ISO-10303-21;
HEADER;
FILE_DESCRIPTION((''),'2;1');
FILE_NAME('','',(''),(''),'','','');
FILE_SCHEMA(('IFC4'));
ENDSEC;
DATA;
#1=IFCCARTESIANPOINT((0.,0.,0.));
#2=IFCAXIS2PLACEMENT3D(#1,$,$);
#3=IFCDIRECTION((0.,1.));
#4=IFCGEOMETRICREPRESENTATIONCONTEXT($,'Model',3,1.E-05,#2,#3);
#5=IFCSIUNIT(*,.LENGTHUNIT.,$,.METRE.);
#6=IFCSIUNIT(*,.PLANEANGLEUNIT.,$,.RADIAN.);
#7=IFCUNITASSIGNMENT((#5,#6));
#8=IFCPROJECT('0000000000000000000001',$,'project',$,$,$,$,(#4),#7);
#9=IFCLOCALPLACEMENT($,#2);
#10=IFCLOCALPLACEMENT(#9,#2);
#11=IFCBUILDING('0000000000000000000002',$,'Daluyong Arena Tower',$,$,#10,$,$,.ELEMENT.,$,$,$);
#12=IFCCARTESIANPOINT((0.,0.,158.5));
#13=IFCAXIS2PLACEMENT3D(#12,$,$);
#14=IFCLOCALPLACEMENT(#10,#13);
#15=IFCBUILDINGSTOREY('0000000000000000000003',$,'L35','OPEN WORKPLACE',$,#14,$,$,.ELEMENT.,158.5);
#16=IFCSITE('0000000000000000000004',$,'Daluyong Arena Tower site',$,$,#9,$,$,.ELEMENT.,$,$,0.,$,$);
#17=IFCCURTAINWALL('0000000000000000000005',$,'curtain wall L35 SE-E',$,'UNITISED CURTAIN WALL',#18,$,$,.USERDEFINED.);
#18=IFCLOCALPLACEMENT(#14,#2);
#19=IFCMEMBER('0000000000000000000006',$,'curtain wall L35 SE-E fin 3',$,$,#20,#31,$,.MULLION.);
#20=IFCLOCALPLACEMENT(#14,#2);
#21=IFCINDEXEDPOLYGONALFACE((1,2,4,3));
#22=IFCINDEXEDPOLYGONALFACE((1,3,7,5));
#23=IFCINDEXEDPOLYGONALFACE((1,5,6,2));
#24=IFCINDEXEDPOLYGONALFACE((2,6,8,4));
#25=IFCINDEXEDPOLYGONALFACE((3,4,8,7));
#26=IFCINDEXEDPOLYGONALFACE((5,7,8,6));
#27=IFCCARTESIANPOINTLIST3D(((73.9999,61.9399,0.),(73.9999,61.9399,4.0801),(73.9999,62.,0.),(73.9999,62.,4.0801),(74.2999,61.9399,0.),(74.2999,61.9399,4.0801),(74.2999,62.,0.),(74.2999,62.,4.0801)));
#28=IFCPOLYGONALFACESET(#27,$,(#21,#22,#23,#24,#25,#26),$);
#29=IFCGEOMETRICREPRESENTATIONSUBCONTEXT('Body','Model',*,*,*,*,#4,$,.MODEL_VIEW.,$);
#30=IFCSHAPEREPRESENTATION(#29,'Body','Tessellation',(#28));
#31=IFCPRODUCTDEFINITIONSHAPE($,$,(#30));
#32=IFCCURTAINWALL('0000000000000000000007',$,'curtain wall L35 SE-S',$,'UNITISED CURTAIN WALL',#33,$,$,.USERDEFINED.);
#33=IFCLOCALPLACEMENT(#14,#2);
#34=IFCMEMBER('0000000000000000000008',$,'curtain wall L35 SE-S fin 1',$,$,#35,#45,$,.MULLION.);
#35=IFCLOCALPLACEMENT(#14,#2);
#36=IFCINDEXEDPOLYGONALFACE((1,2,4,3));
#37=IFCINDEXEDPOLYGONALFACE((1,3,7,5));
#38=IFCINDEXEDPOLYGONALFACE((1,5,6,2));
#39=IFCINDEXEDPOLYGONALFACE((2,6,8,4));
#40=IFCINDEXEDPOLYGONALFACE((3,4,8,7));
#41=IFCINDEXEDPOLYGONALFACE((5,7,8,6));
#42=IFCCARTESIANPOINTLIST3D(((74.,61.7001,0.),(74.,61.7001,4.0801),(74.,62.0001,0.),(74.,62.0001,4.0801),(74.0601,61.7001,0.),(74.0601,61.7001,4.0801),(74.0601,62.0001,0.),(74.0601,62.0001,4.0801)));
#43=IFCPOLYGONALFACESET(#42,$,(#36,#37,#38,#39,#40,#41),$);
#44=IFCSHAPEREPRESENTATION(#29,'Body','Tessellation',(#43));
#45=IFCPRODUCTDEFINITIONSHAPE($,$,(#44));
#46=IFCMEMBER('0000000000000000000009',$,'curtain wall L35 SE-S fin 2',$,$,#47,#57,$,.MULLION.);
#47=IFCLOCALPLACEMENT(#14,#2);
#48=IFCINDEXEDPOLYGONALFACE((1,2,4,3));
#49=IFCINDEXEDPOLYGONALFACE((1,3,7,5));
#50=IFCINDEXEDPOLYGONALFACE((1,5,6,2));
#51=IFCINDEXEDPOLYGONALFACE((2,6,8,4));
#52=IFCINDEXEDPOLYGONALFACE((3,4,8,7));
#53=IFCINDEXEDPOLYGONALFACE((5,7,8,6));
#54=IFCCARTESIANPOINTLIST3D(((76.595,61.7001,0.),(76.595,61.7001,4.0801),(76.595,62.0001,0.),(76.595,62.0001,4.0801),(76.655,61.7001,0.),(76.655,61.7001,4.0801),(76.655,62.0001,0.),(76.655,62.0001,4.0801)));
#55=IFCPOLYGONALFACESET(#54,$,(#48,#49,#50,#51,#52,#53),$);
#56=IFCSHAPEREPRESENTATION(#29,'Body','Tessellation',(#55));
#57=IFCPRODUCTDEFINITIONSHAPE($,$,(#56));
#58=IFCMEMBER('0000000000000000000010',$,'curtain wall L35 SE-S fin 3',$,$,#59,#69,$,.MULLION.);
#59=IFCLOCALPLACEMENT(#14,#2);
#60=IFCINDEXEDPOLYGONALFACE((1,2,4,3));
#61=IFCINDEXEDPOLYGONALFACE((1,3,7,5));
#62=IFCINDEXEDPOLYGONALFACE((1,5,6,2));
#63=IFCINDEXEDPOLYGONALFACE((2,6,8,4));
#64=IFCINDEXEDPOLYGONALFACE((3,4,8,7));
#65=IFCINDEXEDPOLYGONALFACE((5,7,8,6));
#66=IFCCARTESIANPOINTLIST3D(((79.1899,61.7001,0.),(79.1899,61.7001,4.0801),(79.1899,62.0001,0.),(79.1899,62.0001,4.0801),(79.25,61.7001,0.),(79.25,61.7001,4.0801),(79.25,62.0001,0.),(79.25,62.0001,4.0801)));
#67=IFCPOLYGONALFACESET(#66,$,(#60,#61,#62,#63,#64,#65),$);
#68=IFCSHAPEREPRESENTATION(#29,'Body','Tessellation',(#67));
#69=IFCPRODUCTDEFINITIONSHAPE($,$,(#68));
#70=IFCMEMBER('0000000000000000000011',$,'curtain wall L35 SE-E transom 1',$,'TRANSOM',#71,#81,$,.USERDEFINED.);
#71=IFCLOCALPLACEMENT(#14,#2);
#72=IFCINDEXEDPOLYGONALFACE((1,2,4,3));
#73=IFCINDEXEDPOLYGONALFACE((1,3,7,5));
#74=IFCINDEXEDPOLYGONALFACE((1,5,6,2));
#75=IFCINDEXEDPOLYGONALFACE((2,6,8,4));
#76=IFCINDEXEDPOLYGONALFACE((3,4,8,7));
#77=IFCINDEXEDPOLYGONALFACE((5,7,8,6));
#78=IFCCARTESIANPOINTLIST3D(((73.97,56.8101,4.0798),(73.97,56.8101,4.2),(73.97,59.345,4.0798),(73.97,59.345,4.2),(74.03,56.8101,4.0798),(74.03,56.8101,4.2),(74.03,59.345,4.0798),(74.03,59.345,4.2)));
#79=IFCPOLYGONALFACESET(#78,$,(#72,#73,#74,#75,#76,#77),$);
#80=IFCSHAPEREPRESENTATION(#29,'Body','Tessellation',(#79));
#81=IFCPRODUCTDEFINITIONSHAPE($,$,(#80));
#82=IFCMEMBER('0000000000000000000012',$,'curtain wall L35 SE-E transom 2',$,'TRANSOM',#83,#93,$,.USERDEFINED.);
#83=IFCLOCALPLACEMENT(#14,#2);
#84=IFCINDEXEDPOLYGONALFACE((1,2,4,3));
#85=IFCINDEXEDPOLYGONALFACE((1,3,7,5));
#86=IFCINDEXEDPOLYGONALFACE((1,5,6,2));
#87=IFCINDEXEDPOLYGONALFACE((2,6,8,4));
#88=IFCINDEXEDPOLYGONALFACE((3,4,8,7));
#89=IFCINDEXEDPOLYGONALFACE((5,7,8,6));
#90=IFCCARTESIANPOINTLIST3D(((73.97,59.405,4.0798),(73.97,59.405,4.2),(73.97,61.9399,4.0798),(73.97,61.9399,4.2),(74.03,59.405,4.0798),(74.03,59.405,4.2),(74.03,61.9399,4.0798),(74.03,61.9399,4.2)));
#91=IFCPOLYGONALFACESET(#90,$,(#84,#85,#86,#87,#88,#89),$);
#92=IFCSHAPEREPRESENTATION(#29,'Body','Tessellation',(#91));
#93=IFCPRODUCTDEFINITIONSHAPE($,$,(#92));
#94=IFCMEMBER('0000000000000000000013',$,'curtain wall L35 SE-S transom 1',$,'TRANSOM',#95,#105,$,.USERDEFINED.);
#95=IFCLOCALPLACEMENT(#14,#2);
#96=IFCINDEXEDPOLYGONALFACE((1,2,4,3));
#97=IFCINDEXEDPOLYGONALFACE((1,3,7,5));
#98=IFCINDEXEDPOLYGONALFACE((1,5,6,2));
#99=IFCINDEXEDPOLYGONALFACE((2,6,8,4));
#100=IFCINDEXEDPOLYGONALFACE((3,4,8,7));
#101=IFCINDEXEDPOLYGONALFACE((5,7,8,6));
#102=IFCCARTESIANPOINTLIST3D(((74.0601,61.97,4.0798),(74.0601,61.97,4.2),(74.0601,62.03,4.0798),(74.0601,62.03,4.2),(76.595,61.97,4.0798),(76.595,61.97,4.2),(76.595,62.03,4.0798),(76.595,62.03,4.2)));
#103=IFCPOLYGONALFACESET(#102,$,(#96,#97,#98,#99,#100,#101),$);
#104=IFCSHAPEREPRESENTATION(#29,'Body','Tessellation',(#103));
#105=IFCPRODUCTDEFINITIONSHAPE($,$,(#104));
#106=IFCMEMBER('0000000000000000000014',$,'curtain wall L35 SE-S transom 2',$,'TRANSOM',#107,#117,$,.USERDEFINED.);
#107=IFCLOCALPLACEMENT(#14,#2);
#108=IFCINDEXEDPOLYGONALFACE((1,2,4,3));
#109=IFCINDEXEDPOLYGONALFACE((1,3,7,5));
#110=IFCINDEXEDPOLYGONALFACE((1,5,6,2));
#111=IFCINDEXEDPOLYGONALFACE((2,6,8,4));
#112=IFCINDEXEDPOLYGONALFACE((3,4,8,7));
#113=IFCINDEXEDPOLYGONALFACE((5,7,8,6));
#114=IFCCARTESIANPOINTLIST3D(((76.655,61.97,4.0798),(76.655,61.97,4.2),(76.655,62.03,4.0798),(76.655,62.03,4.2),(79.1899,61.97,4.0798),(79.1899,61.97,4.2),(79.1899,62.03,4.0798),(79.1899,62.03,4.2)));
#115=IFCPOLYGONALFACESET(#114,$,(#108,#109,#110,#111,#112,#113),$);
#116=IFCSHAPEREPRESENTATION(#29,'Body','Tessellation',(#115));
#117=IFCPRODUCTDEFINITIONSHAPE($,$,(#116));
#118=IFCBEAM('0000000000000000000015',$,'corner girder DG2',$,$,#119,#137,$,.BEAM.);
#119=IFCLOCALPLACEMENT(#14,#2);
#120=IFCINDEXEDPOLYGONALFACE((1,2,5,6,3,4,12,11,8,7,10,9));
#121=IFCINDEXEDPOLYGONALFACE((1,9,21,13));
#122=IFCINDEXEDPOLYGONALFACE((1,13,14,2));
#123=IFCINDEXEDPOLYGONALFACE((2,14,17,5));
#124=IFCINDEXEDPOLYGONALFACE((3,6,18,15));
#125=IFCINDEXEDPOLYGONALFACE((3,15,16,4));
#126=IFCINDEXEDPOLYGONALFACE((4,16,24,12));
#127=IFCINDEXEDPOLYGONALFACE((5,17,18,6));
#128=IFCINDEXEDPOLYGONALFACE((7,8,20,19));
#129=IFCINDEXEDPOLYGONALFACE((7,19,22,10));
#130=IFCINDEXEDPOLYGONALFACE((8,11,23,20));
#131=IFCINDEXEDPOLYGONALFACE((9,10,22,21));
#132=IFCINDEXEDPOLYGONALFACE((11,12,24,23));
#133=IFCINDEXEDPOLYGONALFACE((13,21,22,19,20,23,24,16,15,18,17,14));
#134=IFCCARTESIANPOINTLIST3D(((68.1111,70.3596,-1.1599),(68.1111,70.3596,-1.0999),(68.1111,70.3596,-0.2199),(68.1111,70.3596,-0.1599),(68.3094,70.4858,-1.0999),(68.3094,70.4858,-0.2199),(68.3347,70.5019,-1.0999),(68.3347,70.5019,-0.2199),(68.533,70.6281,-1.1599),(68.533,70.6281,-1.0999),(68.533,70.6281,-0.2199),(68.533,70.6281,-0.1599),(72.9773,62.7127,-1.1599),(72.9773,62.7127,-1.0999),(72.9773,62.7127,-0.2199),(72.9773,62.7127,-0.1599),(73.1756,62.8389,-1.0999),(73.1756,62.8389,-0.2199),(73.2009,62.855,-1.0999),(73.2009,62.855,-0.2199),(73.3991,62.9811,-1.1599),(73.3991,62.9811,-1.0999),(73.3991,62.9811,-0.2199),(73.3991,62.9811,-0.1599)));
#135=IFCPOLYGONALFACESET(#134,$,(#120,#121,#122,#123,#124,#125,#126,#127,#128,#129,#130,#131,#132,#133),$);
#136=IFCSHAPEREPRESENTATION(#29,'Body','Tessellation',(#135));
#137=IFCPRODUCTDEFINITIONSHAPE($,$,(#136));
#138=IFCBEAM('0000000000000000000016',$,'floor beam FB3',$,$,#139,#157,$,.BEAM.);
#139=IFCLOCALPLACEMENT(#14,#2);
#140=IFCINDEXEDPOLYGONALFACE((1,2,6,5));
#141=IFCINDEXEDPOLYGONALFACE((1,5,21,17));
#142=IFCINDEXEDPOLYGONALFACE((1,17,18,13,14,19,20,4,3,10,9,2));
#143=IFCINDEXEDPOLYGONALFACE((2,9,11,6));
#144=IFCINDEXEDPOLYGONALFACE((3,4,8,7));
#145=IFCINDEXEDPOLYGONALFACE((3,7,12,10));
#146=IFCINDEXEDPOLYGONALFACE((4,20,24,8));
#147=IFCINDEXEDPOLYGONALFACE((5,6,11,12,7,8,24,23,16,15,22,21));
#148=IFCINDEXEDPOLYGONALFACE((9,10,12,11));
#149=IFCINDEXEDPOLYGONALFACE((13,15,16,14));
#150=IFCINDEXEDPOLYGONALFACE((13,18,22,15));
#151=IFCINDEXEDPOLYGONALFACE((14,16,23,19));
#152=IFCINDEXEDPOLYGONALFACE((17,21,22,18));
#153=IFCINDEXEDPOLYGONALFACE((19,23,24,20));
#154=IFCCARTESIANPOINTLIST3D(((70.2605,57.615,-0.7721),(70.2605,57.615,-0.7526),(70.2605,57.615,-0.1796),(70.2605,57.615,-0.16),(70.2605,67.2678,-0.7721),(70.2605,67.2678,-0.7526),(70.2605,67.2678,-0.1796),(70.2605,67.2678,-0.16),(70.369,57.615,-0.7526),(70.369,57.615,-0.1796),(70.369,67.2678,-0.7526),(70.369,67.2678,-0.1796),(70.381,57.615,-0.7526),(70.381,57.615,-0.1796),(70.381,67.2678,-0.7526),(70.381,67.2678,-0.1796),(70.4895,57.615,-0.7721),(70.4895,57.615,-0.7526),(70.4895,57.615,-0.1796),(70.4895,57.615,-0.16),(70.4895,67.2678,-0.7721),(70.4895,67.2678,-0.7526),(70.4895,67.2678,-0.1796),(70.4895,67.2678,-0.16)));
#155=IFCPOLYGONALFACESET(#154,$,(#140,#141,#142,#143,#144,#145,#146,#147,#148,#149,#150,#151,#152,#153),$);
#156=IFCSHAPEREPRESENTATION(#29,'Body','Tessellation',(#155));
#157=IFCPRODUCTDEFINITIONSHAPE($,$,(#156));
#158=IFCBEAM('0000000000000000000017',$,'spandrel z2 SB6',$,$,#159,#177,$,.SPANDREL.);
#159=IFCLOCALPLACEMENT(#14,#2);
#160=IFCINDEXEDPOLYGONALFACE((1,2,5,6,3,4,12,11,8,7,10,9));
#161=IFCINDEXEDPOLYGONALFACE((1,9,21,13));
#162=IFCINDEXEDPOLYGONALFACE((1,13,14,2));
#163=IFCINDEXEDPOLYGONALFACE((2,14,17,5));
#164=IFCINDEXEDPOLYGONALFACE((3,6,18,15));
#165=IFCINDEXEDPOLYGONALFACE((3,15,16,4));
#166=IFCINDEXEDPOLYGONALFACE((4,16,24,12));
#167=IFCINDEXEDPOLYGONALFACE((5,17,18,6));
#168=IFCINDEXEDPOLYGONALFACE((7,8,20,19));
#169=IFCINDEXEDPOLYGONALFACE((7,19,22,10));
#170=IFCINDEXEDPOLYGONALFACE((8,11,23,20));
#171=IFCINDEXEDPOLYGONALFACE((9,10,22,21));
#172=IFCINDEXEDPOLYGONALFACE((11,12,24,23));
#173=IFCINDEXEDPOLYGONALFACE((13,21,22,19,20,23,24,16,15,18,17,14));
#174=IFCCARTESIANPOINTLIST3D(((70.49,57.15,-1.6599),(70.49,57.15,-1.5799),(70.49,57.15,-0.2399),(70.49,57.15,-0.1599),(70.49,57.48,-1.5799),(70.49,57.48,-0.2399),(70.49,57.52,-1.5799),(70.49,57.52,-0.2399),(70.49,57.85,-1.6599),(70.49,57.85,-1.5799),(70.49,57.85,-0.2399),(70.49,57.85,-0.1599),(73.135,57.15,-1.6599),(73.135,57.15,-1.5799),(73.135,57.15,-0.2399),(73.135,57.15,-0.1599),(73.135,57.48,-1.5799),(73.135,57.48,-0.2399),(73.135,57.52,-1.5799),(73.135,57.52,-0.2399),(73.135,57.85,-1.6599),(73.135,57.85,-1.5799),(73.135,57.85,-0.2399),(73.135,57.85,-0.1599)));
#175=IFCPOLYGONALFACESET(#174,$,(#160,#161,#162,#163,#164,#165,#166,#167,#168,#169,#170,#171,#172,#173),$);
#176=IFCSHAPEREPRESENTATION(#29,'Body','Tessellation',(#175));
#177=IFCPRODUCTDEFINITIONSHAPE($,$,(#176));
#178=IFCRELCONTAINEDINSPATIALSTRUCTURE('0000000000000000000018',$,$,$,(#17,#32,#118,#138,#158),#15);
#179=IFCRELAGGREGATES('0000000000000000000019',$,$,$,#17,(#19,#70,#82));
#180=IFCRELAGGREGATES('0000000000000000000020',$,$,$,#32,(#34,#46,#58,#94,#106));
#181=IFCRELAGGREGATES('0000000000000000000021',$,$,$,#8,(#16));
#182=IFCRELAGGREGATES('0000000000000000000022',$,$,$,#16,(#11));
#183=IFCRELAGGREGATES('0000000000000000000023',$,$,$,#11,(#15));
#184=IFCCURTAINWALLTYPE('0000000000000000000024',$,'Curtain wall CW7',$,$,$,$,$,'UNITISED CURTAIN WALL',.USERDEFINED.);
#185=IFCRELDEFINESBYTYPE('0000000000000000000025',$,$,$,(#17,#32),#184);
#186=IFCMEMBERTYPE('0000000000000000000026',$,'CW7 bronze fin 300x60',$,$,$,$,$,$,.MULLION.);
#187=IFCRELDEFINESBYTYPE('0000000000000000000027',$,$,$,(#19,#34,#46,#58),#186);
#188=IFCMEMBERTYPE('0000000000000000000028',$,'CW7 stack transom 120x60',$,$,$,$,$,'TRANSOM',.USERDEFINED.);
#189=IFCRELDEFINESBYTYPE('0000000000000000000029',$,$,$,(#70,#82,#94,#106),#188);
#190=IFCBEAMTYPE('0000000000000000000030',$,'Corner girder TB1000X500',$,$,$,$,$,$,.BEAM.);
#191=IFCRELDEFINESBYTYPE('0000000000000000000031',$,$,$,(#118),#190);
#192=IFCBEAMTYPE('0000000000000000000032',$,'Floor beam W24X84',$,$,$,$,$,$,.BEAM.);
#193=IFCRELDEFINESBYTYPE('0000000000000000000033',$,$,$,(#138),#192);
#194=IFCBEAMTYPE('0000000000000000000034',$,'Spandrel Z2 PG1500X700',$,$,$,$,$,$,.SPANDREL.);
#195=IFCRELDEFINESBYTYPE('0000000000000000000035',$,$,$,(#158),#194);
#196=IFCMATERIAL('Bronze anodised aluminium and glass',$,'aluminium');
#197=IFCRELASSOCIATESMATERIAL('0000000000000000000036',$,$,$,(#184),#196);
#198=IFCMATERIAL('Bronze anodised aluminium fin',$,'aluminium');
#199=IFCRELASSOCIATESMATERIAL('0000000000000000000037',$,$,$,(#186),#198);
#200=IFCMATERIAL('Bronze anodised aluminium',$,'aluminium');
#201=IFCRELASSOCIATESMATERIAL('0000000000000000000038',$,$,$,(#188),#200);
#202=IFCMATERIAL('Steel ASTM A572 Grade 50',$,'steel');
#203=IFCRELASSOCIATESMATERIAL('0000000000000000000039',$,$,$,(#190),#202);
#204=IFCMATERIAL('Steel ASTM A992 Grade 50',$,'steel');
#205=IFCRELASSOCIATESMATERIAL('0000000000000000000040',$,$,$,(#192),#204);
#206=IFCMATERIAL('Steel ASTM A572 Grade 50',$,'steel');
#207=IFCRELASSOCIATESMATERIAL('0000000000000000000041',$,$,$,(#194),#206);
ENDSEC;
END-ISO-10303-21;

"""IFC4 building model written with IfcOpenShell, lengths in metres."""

from ifc_helpers import new_model, si_unit, direction, frame, origin, origin_2d, place, context, subcontext, project, spatial, rectangle, i_section, extrude, material, material_profile, profile_set, type_object, element, aggregate, save


model = new_model("IFC4")

# Units and contexts
model_context = context("Model", 3, precision=1e-05, world=origin(), true_north=direction((0.0, 1.0)))
body_context = subcontext(model_context, "Body", "Model", "MODEL_VIEW")
ifc_project = project(units=[si_unit("LENGTHUNIT", "METRE"), si_unit("PLANEANGLEUNIT", "RADIAN")], contexts=[model_context])

# Site, building, storey
site_placement = place(None, origin())
site = spatial("IfcSite", under=ifc_project, at=site_placement, Name="Daluyong Arena Tower site", CompositionType="ELEMENT", RefElevation=0.0)
building_placement = place(site_placement, origin())
building = spatial("IfcBuilding", under=site, at=building_placement, Name="Daluyong Arena Tower", CompositionType="ELEMENT")
storey_placement = place(building_placement, frame((0.0, 0.0, 158.5)))
storey = spatial("IfcBuildingStorey", under=building, at=storey_placement, Name="L35", Description="OPEN WORKPLACE", CompositionType="ELEMENT", Elevation=158.5)

# Curtain walls, members
ifc_material_1 = material(Name="Bronze anodised aluminium and glass", Category="aluminium")
curtain_wall_type_1 = type_object("IfcCurtainWallType", Name="Curtain wall CW7", ElementType="UNITISED CURTAIN WALL", PredefinedType="USERDEFINED", material=ifc_material_1)
curtain_wall_1_placement = place(storey_placement, origin())
curtain_wall_1 = element("IfcCurtainWall", 1, at=curtain_wall_1_placement, inside=storey, type_object=curtain_wall_type_1, Name="curtain wall L35 SE-E", ObjectType="UNITISED CURTAIN WALL", PredefinedType="USERDEFINED")
ifc_material_2 = material(Name="Bronze anodised aluminium fin", Category="aluminium")
ifc_material_profile_1 = material_profile(ifc_material_2, rectangle(XDim=0.3, YDim=0.0601, at=origin_2d()))
ifc_profile_set_1 = profile_set([ifc_material_profile_1], Name="Bronze anodised aluminium fin")
member_type_1 = type_object("IfcMemberType", Name="CW7 bronze fin 300x60", PredefinedType="MULLION", material=ifc_profile_set_1)
member_1_placement = place(storey_placement, frame((74.1499, 61.97, 0.0), z_axis=(0.0, 0.0, 1.0), x_axis=(-1.0, 0.0, 0.0)))
member_1 = element("IfcMember", 2, at=member_1_placement, type_object=member_type_1, Name="curtain wall L35 SE-E fin 3", PredefinedType="MULLION", context=body_context, shape_type="SweptSolid", body=[
    extrude(rectangle(XDim=0.3, YDim=0.0601, at=origin_2d()), origin(), (0.0, 0.0, 1.0), 4.0801),
])
curtain_wall_2_placement = place(storey_placement, origin())
curtain_wall_2 = element("IfcCurtainWall", 3, at=curtain_wall_2_placement, inside=storey, type_object=curtain_wall_type_1, Name="curtain wall L35 SE-S", ObjectType="UNITISED CURTAIN WALL", PredefinedType="USERDEFINED")
member_2_placement = place(storey_placement, frame((74.03, 61.8501, 0.0), z_axis=(0.0, 0.0, 1.0), x_axis=(0.0, 1.0, 0.0)))
member_2 = element("IfcMember", 4, at=member_2_placement, type_object=member_type_1, Name="curtain wall L35 SE-S fin 1", PredefinedType="MULLION", context=body_context, shape_type="SweptSolid", body=[
    extrude(rectangle(XDim=0.3, YDim=0.0601, at=origin_2d()), origin(), (0.0, 0.0, 1.0), 4.0801),
])
member_3_placement = place(storey_placement, frame((76.625, 61.8501, 0.0), z_axis=(0.0, 0.0, 1.0), x_axis=(0.0, 1.0, 0.0)))
member_3 = element("IfcMember", 5, at=member_3_placement, type_object=member_type_1, Name="curtain wall L35 SE-S fin 2", PredefinedType="MULLION", context=body_context, shape_type="SweptSolid", body=[
    extrude(rectangle(XDim=0.3, YDim=0.0601, at=origin_2d()), origin(), (0.0, 0.0, 1.0), 4.0801),
])
member_4_placement = place(storey_placement, frame((79.22, 61.8501, 0.0), z_axis=(0.0, 0.0, 1.0), x_axis=(0.0, 1.0, 0.0)))
member_4 = element("IfcMember", 6, at=member_4_placement, type_object=member_type_1, Name="curtain wall L35 SE-S fin 3", PredefinedType="MULLION", context=body_context, shape_type="SweptSolid", body=[
    extrude(rectangle(XDim=0.3, YDim=0.0601, at=origin_2d()), origin(), (0.0, 0.0, 1.0), 4.0801),
])

# Members
ifc_material_3 = material(Name="Bronze anodised aluminium", Category="aluminium")
ifc_material_profile_2 = material_profile(ifc_material_3, rectangle(XDim=0.0601, YDim=0.1201, at=origin_2d()))
ifc_profile_set_2 = profile_set([ifc_material_profile_2], Name="Bronze anodised aluminium")
member_type_2 = type_object("IfcMemberType", Name="CW7 stack transom 120x60", ElementType="TRANSOM", PredefinedType="USERDEFINED", material=ifc_profile_set_2)
member_5_placement = place(storey_placement, frame((74.0, 56.8101, 4.1399), z_axis=(0.0, 1.0, 0.0), x_axis=(-1.0, 0.0, 0.0)))
member_5 = element("IfcMember", 7, at=member_5_placement, type_object=member_type_2, Name="curtain wall L35 SE-E transom 1", ObjectType="TRANSOM", PredefinedType="USERDEFINED", context=body_context, shape_type="SweptSolid", body=[
    extrude(rectangle(XDim=0.0601, YDim=0.1201, at=origin_2d()), origin(), (0.0, 0.0, 1.0), 2.5349),
])
member_6_placement = place(storey_placement, frame((74.0, 59.405, 4.1399), z_axis=(0.0, 1.0, 0.0), x_axis=(-1.0, 0.0, 0.0)))
member_6 = element("IfcMember", 8, at=member_6_placement, type_object=member_type_2, Name="curtain wall L35 SE-E transom 2", ObjectType="TRANSOM", PredefinedType="USERDEFINED", context=body_context, shape_type="SweptSolid", body=[
    extrude(rectangle(XDim=0.0601, YDim=0.1201, at=origin_2d()), origin(), (0.0, 0.0, 1.0), 2.5349),
])
member_7_placement = place(storey_placement, frame((74.0601, 62.0, 4.1399), z_axis=(1.0, 0.0, 0.0), x_axis=(0.0, 1.0, 0.0)))
member_7 = element("IfcMember", 9, at=member_7_placement, type_object=member_type_2, Name="curtain wall L35 SE-S transom 1", ObjectType="TRANSOM", PredefinedType="USERDEFINED", context=body_context, shape_type="SweptSolid", body=[
    extrude(rectangle(XDim=0.0601, YDim=0.1201, at=origin_2d()), origin(), (0.0, 0.0, 1.0), 2.5349),
])
member_8_placement = place(storey_placement, frame((76.655, 62.0, 4.1399), z_axis=(1.0, 0.0, 0.0), x_axis=(0.0, 1.0, 0.0)))
member_8 = element("IfcMember", 10, at=member_8_placement, type_object=member_type_2, Name="curtain wall L35 SE-S transom 2", ObjectType="TRANSOM", PredefinedType="USERDEFINED", context=body_context, shape_type="SweptSolid", body=[
    extrude(rectangle(XDim=0.0601, YDim=0.1201, at=origin_2d()), origin(), (0.0, 0.0, 1.0), 2.5349),
])

# Beams
ifc_material_4 = material(Name="Steel ASTM A572 Grade 50", Category="steel")
ifc_material_profile_3 = material_profile(ifc_material_4, i_section(OverallWidth=0.5, OverallDepth=1.0, WebThickness=0.03, FlangeThickness=0.06, at=origin_2d()))
ifc_profile_set_3 = profile_set([ifc_material_profile_3], Name="Steel ASTM A572 Grade 50")
beam_type_1 = type_object("IfcBeamType", Name="Corner girder TB1000X500", PredefinedType="BEAM", material=ifc_profile_set_3)
beam_1_placement = place(storey_placement, frame((73.1882, 62.8469, -0.6599), z_axis=(-0.536872, 0.843664, 0.0), x_axis=(-0.843664, -0.536872, 0.0)))
element("IfcBeam", 11, at=beam_1_placement, inside=storey, type_object=beam_type_1, Name="corner girder DG2", PredefinedType="BEAM", context=body_context, shape_type="SweptSolid", body=[
    extrude(i_section(OverallWidth=0.5, OverallDepth=1.0, WebThickness=0.03, FlangeThickness=0.06, at=origin_2d()), origin(), (0.0, 0.0, 1.0), 9.064),
])
ifc_material_5 = material(Name="Steel ASTM A992 Grade 50", Category="steel")
ifc_material_profile_4 = material_profile(ifc_material_5, i_section(OverallWidth=0.229, OverallDepth=0.6121, WebThickness=0.012, FlangeThickness=0.0195, at=origin_2d()))
ifc_profile_set_4 = profile_set([ifc_material_profile_4], Name="Steel ASTM A992 Grade 50")
beam_type_2 = type_object("IfcBeamType", Name="Floor beam W24X84", PredefinedType="BEAM", material=ifc_profile_set_4)
beam_2_placement = place(storey_placement, frame((70.375, 57.615, -0.4661), z_axis=(0.0, 1.0, 0.0), x_axis=(-1.0, 0.0, 0.0)))
element("IfcBeam", 12, at=beam_2_placement, inside=storey, type_object=beam_type_2, Name="floor beam FB3", PredefinedType="BEAM", context=body_context, shape_type="SweptSolid", body=[
    extrude(i_section(OverallWidth=0.229, OverallDepth=0.6121, WebThickness=0.012, FlangeThickness=0.0195, at=origin_2d()), origin(), (0.0, 0.0, 1.0), 9.6528),
])
ifc_material_6 = material(Name="Steel ASTM A572 Grade 50", Category="steel")
ifc_material_profile_5 = material_profile(ifc_material_6, i_section(OverallWidth=0.7, OverallDepth=1.5, WebThickness=0.04, FlangeThickness=0.08, at=origin_2d()))
ifc_profile_set_5 = profile_set([ifc_material_profile_5], Name="Steel ASTM A572 Grade 50")
beam_type_3 = type_object("IfcBeamType", Name="Spandrel Z2 PG1500X700", PredefinedType="SPANDREL", material=ifc_profile_set_5)
beam_3_placement = place(storey_placement, frame((70.49, 57.5, -0.9099), z_axis=(1.0, 0.0, 0.0), x_axis=(0.0, 1.0, 0.0)))
element("IfcBeam", 13, at=beam_3_placement, inside=storey, type_object=beam_type_3, Name="spandrel z2 SB6", PredefinedType="SPANDREL", context=body_context, shape_type="SweptSolid", body=[
    extrude(i_section(OverallWidth=0.7, OverallDepth=1.5, WebThickness=0.04, FlangeThickness=0.08, at=origin_2d()), origin(), (0.0, 0.0, 1.0), 2.645),
])

aggregate(curtain_wall_1, [member_1, member_5, member_6])
aggregate(curtain_wall_2, [member_2, member_3, member_4, member_7, member_8])

save(model, "model.ifc")
